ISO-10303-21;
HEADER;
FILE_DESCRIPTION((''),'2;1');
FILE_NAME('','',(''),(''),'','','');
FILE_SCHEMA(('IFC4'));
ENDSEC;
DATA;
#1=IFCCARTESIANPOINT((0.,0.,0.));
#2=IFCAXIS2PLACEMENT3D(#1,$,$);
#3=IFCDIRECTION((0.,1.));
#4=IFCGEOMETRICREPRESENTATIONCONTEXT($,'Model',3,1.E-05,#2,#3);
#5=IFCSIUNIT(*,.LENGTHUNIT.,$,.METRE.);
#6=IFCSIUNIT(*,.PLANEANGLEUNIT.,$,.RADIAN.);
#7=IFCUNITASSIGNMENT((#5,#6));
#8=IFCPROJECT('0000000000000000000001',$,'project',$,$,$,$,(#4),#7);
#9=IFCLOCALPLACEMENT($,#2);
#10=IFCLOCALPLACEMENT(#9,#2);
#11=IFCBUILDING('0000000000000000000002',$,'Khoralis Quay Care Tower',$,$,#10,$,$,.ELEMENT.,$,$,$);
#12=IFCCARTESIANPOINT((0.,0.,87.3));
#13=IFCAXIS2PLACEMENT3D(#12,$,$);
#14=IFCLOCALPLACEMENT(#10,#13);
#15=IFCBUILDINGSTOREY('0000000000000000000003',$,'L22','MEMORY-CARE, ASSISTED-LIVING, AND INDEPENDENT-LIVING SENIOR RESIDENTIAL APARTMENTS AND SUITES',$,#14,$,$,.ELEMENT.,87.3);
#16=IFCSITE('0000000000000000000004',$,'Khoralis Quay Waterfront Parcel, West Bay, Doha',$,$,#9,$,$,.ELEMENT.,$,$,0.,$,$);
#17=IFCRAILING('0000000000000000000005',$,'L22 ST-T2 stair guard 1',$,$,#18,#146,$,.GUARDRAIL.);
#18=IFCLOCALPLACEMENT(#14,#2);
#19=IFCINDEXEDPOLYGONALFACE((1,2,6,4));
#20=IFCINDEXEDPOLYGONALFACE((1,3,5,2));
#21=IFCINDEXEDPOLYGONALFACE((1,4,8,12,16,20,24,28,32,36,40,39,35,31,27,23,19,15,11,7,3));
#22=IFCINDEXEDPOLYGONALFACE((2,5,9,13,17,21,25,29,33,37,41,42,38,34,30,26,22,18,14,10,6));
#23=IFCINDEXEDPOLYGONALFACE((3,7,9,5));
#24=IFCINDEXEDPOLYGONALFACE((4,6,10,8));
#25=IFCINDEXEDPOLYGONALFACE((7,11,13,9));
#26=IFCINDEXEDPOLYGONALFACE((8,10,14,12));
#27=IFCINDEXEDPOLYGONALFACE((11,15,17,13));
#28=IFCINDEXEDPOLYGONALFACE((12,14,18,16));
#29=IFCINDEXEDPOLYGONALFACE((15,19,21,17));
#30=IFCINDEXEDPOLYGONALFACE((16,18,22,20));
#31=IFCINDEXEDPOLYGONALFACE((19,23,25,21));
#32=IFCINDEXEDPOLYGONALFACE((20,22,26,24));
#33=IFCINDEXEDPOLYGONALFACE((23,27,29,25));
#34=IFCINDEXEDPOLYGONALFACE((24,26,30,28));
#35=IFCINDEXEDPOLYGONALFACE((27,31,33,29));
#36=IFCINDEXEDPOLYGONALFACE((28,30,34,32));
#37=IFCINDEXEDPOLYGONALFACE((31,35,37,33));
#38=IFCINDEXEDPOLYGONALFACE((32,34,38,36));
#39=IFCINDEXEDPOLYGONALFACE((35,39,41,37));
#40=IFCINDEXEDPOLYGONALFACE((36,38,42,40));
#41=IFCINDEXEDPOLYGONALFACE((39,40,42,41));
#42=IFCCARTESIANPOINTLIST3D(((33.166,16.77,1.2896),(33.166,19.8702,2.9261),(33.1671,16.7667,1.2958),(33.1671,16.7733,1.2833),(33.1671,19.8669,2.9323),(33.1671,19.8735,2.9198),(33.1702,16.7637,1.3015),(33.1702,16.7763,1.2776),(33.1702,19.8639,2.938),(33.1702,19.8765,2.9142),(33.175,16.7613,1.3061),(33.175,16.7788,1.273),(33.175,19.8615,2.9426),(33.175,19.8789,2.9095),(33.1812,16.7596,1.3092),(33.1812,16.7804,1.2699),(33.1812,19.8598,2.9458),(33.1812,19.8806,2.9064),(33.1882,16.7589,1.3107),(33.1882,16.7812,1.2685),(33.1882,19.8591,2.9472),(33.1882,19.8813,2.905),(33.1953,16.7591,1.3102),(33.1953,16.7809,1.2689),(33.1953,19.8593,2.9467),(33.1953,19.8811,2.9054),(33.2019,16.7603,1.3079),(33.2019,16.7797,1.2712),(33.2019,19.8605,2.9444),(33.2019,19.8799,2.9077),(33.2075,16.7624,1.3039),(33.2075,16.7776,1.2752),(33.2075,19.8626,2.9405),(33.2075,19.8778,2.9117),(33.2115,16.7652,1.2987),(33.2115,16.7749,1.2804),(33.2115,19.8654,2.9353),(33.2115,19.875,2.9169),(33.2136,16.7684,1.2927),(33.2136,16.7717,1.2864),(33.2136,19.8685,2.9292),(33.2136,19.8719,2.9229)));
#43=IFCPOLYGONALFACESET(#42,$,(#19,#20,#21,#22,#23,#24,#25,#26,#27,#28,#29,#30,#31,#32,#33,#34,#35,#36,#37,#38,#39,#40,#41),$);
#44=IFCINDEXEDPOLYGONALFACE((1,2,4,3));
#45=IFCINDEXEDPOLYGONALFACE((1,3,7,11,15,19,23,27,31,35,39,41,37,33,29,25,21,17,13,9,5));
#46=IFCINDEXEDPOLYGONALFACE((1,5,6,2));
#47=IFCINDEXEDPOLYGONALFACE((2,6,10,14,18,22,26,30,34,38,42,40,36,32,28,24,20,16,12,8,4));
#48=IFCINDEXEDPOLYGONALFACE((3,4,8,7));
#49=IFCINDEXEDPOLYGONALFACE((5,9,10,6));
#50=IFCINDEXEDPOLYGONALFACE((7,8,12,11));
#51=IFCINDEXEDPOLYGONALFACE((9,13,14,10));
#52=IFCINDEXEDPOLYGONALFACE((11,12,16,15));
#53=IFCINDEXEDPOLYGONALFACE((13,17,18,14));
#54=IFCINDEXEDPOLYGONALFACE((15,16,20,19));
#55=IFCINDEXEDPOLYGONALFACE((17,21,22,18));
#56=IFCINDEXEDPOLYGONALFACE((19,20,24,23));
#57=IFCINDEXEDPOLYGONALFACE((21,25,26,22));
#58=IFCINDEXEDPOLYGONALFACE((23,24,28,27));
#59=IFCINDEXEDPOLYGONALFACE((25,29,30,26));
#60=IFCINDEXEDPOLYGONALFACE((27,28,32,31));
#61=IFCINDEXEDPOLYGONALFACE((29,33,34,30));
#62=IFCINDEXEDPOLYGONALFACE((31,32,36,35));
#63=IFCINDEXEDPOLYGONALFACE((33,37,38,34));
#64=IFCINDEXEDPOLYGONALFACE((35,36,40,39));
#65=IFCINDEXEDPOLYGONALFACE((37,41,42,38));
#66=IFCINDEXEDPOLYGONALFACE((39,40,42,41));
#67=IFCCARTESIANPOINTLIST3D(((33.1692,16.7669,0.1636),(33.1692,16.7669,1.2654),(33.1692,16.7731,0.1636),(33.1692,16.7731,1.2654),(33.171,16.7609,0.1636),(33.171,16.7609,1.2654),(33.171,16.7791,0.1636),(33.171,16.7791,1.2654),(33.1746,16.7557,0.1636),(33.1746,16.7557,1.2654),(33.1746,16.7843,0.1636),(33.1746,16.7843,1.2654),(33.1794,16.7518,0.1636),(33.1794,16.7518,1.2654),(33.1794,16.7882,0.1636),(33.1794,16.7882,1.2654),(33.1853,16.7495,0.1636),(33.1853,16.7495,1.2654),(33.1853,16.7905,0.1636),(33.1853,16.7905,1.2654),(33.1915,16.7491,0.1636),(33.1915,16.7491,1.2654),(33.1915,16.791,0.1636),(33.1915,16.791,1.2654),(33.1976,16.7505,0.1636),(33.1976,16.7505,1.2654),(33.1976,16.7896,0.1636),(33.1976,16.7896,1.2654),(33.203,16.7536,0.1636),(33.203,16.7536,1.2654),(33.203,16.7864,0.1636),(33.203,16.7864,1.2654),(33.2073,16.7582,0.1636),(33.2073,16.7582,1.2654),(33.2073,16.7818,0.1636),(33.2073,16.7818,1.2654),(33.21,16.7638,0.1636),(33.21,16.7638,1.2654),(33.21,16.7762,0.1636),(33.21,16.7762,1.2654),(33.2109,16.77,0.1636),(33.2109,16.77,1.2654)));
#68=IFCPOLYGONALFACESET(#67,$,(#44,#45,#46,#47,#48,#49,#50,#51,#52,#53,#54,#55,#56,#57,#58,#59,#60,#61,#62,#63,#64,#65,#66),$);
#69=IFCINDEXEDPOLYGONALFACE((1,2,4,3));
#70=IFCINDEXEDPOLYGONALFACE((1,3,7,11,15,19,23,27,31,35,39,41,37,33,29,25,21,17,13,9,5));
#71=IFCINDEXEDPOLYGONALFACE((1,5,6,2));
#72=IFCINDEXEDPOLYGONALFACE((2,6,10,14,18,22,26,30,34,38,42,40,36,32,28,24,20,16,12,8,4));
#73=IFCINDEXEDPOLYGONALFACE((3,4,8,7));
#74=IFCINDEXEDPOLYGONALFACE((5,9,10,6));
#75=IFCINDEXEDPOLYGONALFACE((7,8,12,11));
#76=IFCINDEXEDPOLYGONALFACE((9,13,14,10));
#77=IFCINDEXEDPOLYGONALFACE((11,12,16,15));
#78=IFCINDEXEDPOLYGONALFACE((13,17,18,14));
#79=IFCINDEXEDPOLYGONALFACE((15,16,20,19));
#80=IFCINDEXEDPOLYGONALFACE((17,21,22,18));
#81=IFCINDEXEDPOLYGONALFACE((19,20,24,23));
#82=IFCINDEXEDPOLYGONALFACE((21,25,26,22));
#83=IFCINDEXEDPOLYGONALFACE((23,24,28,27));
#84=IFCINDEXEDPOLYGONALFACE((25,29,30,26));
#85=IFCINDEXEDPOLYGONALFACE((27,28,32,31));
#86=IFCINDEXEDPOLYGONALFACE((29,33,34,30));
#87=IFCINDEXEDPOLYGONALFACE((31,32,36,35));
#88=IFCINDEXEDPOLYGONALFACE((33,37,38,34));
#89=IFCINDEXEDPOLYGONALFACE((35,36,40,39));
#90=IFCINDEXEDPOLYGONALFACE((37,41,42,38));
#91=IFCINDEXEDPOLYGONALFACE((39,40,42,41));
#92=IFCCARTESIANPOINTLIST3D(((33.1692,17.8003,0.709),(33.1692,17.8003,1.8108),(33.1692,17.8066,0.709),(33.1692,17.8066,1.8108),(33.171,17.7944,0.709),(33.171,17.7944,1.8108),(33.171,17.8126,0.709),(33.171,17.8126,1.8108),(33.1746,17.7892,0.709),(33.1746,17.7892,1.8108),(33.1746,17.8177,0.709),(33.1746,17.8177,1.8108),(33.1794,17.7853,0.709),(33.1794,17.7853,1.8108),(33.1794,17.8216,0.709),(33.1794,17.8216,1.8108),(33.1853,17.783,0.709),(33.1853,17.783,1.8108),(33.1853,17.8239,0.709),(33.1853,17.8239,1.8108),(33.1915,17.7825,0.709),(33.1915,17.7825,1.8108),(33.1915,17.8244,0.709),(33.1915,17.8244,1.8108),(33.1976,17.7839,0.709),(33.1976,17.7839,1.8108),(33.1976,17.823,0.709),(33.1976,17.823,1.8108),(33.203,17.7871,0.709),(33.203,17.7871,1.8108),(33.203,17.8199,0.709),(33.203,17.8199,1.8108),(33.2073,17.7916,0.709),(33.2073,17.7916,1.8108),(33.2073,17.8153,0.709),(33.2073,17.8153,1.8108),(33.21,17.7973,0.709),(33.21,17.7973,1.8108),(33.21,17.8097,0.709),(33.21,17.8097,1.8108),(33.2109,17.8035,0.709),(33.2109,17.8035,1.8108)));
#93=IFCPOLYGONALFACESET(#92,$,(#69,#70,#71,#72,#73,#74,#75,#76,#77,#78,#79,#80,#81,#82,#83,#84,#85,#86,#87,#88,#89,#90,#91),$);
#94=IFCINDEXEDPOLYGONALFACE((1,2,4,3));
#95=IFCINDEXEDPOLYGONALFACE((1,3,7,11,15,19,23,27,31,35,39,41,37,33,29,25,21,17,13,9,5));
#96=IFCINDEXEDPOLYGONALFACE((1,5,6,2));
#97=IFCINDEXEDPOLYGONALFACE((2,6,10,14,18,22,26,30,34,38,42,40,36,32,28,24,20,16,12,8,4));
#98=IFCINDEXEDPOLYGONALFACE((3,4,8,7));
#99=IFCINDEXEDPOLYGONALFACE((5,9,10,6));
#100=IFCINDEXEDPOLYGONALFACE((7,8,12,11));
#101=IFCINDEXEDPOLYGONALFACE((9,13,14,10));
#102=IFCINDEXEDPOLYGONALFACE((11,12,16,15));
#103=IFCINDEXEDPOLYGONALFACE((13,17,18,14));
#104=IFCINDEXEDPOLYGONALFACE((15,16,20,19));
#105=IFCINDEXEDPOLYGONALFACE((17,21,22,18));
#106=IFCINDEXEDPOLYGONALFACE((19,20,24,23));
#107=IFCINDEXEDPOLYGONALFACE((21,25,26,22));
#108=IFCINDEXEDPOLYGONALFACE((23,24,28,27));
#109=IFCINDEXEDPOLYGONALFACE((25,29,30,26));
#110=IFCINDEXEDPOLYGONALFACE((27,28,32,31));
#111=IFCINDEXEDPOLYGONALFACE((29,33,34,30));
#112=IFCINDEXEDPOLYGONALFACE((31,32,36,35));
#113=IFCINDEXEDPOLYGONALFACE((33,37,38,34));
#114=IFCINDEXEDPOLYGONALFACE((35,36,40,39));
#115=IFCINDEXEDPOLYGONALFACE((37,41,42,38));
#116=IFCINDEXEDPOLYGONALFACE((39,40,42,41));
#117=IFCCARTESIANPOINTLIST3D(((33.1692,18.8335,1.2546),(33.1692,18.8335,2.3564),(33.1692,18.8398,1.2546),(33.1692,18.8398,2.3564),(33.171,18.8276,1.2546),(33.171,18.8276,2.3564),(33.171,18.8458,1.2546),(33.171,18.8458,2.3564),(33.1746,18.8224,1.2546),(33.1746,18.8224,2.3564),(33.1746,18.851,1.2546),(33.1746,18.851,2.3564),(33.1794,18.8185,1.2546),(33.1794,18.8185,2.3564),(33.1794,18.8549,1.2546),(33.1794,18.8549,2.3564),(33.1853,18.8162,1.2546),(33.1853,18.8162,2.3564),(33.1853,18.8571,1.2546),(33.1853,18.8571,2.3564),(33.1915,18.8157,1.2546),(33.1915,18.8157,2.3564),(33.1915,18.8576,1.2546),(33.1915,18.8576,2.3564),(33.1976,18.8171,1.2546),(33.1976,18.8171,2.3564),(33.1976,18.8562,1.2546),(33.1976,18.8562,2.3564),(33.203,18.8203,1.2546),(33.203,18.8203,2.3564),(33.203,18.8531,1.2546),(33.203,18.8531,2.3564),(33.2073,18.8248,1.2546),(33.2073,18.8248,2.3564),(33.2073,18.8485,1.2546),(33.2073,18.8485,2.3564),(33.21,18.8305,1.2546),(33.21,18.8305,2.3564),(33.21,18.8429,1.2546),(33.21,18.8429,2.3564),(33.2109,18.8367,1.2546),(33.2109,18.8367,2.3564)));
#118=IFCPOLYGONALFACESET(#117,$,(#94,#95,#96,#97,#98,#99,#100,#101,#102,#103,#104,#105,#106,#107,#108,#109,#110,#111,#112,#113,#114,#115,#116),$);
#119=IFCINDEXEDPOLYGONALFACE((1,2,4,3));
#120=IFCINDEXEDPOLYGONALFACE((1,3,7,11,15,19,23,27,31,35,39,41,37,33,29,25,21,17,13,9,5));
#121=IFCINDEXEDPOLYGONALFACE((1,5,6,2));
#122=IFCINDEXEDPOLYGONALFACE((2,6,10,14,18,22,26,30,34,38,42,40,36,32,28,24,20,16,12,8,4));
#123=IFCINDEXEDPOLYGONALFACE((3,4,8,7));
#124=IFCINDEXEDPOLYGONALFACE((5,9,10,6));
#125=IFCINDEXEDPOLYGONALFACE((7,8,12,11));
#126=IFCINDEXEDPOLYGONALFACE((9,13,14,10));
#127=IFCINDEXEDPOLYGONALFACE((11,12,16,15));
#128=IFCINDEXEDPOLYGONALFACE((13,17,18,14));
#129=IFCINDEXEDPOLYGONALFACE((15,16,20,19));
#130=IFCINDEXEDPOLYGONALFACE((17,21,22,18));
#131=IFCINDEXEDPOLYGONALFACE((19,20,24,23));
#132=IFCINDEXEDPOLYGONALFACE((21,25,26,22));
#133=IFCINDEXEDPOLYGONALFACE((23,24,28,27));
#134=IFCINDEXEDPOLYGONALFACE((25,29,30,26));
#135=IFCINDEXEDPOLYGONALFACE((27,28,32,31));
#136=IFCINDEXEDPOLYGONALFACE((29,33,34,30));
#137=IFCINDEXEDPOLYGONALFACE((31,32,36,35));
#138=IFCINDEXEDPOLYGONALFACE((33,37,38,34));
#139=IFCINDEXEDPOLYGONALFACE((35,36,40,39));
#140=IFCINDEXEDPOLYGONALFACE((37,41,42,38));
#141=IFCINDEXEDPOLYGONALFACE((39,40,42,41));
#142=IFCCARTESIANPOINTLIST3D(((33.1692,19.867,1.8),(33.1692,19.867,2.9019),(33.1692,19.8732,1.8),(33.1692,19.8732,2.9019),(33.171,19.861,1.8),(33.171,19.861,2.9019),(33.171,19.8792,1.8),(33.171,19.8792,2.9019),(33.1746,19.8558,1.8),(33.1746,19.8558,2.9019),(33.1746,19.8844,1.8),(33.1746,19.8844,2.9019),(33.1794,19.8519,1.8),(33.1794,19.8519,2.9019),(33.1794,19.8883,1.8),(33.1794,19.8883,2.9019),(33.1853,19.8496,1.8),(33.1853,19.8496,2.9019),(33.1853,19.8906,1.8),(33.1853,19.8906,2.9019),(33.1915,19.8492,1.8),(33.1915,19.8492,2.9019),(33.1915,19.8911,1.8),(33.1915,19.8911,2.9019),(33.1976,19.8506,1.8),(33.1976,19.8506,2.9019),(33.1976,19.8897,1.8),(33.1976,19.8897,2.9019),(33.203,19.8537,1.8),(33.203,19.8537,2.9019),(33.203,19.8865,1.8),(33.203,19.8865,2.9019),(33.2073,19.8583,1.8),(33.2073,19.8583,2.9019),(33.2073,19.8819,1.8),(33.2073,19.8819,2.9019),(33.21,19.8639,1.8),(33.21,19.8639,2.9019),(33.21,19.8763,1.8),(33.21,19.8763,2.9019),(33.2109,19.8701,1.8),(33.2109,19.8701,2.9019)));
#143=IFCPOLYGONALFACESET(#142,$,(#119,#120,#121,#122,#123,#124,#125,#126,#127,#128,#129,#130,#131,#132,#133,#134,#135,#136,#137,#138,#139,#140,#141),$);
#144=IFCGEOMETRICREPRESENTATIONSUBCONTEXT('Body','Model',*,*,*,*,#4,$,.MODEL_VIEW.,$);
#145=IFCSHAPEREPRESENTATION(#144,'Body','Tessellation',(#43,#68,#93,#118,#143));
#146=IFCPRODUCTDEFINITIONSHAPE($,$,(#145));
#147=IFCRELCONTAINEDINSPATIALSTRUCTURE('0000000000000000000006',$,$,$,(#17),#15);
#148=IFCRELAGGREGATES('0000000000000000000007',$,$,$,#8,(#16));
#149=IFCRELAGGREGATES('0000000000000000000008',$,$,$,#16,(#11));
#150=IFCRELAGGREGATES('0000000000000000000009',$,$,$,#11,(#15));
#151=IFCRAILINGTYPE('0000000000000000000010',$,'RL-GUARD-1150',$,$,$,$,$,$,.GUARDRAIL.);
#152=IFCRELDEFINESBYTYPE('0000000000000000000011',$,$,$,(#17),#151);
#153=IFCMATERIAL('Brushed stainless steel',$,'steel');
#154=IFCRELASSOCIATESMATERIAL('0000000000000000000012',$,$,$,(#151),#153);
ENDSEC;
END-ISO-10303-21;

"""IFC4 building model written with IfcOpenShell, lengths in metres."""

from ifc_helpers import new_model, si_unit, direction, frame, origin, origin_2d, place, context, subcontext, project, spatial, circle, extrude, material, type_object, element, save


model = new_model("IFC4")

# Units and contexts
model_context = context("Model", 3, precision=1e-05, world=origin(), true_north=direction((0.0, 1.0)))
body_context = subcontext(model_context, "Body", "Model", "MODEL_VIEW")
ifc_project = project(units=[si_unit("LENGTHUNIT", "METRE"), si_unit("PLANEANGLEUNIT", "RADIAN")], contexts=[model_context])

# Site, building, storey
site_placement = place(None, origin())
site = spatial("IfcSite", under=ifc_project, at=site_placement, Name="Khoralis Quay Waterfront Parcel, West Bay, Doha", CompositionType="ELEMENT", RefElevation=0.0)
building_placement = place(site_placement, origin())
building = spatial("IfcBuilding", under=site, at=building_placement, Name="Khoralis Quay Care Tower", CompositionType="ELEMENT")
storey_placement = place(building_placement, frame((0.0, 0.0, 87.3)))
storey = spatial("IfcBuildingStorey", under=building, at=storey_placement, Name="L22", Description="MEMORY-CARE, ASSISTED-LIVING, AND INDEPENDENT-LIVING SENIOR RESIDENTIAL APARTMENTS AND SUITES", CompositionType="ELEMENT", Elevation=87.3)

# Shared definitions
ifc_material_1 = material(Name="Brushed stainless steel", Category="steel")

# Railing
railing_type = type_object("IfcRailingType", Name="RL-GUARD-1150", PredefinedType="GUARDRAIL", material=ifc_material_1)
railing_1_placement = place(storey_placement, frame((33.1899, 16.77, 0.1636)))
element("IfcRailing", 1, at=railing_1_placement, inside=storey, type_object=railing_type, Name="L22 ST-T2 stair guard 1", PredefinedType="GUARDRAIL", context=body_context, shape_type="SweptSolid", body=[
    extrude(circle(Radius=0.0239, at=origin_2d()), frame((0.0, 0.0, 1.126), z_axis=(0.0, 0.884348, 0.466828), x_axis=(-1.0, 0.0, 0.0)), (0.0, 0.0, 1.0), 3.5056),
    extrude(circle(Radius=0.021, at=origin_2d()), origin(), (0.0, 0.0, 1.0), 1.1018),
    extrude(circle(Radius=0.021, at=origin_2d()), frame((0.0, 1.0334, 0.5454)), (0.0, 0.0, 1.0), 1.1018),
    extrude(circle(Radius=0.021, at=origin_2d()), frame((0.0, 2.0667, 1.0911)), (0.0, 0.0, 1.0), 1.1018),
    extrude(circle(Radius=0.021, at=origin_2d()), frame((0.0, 3.1001, 1.6365)), (0.0, 0.0, 1.0), 1.1018),
])

save(model, "model.ifc")
